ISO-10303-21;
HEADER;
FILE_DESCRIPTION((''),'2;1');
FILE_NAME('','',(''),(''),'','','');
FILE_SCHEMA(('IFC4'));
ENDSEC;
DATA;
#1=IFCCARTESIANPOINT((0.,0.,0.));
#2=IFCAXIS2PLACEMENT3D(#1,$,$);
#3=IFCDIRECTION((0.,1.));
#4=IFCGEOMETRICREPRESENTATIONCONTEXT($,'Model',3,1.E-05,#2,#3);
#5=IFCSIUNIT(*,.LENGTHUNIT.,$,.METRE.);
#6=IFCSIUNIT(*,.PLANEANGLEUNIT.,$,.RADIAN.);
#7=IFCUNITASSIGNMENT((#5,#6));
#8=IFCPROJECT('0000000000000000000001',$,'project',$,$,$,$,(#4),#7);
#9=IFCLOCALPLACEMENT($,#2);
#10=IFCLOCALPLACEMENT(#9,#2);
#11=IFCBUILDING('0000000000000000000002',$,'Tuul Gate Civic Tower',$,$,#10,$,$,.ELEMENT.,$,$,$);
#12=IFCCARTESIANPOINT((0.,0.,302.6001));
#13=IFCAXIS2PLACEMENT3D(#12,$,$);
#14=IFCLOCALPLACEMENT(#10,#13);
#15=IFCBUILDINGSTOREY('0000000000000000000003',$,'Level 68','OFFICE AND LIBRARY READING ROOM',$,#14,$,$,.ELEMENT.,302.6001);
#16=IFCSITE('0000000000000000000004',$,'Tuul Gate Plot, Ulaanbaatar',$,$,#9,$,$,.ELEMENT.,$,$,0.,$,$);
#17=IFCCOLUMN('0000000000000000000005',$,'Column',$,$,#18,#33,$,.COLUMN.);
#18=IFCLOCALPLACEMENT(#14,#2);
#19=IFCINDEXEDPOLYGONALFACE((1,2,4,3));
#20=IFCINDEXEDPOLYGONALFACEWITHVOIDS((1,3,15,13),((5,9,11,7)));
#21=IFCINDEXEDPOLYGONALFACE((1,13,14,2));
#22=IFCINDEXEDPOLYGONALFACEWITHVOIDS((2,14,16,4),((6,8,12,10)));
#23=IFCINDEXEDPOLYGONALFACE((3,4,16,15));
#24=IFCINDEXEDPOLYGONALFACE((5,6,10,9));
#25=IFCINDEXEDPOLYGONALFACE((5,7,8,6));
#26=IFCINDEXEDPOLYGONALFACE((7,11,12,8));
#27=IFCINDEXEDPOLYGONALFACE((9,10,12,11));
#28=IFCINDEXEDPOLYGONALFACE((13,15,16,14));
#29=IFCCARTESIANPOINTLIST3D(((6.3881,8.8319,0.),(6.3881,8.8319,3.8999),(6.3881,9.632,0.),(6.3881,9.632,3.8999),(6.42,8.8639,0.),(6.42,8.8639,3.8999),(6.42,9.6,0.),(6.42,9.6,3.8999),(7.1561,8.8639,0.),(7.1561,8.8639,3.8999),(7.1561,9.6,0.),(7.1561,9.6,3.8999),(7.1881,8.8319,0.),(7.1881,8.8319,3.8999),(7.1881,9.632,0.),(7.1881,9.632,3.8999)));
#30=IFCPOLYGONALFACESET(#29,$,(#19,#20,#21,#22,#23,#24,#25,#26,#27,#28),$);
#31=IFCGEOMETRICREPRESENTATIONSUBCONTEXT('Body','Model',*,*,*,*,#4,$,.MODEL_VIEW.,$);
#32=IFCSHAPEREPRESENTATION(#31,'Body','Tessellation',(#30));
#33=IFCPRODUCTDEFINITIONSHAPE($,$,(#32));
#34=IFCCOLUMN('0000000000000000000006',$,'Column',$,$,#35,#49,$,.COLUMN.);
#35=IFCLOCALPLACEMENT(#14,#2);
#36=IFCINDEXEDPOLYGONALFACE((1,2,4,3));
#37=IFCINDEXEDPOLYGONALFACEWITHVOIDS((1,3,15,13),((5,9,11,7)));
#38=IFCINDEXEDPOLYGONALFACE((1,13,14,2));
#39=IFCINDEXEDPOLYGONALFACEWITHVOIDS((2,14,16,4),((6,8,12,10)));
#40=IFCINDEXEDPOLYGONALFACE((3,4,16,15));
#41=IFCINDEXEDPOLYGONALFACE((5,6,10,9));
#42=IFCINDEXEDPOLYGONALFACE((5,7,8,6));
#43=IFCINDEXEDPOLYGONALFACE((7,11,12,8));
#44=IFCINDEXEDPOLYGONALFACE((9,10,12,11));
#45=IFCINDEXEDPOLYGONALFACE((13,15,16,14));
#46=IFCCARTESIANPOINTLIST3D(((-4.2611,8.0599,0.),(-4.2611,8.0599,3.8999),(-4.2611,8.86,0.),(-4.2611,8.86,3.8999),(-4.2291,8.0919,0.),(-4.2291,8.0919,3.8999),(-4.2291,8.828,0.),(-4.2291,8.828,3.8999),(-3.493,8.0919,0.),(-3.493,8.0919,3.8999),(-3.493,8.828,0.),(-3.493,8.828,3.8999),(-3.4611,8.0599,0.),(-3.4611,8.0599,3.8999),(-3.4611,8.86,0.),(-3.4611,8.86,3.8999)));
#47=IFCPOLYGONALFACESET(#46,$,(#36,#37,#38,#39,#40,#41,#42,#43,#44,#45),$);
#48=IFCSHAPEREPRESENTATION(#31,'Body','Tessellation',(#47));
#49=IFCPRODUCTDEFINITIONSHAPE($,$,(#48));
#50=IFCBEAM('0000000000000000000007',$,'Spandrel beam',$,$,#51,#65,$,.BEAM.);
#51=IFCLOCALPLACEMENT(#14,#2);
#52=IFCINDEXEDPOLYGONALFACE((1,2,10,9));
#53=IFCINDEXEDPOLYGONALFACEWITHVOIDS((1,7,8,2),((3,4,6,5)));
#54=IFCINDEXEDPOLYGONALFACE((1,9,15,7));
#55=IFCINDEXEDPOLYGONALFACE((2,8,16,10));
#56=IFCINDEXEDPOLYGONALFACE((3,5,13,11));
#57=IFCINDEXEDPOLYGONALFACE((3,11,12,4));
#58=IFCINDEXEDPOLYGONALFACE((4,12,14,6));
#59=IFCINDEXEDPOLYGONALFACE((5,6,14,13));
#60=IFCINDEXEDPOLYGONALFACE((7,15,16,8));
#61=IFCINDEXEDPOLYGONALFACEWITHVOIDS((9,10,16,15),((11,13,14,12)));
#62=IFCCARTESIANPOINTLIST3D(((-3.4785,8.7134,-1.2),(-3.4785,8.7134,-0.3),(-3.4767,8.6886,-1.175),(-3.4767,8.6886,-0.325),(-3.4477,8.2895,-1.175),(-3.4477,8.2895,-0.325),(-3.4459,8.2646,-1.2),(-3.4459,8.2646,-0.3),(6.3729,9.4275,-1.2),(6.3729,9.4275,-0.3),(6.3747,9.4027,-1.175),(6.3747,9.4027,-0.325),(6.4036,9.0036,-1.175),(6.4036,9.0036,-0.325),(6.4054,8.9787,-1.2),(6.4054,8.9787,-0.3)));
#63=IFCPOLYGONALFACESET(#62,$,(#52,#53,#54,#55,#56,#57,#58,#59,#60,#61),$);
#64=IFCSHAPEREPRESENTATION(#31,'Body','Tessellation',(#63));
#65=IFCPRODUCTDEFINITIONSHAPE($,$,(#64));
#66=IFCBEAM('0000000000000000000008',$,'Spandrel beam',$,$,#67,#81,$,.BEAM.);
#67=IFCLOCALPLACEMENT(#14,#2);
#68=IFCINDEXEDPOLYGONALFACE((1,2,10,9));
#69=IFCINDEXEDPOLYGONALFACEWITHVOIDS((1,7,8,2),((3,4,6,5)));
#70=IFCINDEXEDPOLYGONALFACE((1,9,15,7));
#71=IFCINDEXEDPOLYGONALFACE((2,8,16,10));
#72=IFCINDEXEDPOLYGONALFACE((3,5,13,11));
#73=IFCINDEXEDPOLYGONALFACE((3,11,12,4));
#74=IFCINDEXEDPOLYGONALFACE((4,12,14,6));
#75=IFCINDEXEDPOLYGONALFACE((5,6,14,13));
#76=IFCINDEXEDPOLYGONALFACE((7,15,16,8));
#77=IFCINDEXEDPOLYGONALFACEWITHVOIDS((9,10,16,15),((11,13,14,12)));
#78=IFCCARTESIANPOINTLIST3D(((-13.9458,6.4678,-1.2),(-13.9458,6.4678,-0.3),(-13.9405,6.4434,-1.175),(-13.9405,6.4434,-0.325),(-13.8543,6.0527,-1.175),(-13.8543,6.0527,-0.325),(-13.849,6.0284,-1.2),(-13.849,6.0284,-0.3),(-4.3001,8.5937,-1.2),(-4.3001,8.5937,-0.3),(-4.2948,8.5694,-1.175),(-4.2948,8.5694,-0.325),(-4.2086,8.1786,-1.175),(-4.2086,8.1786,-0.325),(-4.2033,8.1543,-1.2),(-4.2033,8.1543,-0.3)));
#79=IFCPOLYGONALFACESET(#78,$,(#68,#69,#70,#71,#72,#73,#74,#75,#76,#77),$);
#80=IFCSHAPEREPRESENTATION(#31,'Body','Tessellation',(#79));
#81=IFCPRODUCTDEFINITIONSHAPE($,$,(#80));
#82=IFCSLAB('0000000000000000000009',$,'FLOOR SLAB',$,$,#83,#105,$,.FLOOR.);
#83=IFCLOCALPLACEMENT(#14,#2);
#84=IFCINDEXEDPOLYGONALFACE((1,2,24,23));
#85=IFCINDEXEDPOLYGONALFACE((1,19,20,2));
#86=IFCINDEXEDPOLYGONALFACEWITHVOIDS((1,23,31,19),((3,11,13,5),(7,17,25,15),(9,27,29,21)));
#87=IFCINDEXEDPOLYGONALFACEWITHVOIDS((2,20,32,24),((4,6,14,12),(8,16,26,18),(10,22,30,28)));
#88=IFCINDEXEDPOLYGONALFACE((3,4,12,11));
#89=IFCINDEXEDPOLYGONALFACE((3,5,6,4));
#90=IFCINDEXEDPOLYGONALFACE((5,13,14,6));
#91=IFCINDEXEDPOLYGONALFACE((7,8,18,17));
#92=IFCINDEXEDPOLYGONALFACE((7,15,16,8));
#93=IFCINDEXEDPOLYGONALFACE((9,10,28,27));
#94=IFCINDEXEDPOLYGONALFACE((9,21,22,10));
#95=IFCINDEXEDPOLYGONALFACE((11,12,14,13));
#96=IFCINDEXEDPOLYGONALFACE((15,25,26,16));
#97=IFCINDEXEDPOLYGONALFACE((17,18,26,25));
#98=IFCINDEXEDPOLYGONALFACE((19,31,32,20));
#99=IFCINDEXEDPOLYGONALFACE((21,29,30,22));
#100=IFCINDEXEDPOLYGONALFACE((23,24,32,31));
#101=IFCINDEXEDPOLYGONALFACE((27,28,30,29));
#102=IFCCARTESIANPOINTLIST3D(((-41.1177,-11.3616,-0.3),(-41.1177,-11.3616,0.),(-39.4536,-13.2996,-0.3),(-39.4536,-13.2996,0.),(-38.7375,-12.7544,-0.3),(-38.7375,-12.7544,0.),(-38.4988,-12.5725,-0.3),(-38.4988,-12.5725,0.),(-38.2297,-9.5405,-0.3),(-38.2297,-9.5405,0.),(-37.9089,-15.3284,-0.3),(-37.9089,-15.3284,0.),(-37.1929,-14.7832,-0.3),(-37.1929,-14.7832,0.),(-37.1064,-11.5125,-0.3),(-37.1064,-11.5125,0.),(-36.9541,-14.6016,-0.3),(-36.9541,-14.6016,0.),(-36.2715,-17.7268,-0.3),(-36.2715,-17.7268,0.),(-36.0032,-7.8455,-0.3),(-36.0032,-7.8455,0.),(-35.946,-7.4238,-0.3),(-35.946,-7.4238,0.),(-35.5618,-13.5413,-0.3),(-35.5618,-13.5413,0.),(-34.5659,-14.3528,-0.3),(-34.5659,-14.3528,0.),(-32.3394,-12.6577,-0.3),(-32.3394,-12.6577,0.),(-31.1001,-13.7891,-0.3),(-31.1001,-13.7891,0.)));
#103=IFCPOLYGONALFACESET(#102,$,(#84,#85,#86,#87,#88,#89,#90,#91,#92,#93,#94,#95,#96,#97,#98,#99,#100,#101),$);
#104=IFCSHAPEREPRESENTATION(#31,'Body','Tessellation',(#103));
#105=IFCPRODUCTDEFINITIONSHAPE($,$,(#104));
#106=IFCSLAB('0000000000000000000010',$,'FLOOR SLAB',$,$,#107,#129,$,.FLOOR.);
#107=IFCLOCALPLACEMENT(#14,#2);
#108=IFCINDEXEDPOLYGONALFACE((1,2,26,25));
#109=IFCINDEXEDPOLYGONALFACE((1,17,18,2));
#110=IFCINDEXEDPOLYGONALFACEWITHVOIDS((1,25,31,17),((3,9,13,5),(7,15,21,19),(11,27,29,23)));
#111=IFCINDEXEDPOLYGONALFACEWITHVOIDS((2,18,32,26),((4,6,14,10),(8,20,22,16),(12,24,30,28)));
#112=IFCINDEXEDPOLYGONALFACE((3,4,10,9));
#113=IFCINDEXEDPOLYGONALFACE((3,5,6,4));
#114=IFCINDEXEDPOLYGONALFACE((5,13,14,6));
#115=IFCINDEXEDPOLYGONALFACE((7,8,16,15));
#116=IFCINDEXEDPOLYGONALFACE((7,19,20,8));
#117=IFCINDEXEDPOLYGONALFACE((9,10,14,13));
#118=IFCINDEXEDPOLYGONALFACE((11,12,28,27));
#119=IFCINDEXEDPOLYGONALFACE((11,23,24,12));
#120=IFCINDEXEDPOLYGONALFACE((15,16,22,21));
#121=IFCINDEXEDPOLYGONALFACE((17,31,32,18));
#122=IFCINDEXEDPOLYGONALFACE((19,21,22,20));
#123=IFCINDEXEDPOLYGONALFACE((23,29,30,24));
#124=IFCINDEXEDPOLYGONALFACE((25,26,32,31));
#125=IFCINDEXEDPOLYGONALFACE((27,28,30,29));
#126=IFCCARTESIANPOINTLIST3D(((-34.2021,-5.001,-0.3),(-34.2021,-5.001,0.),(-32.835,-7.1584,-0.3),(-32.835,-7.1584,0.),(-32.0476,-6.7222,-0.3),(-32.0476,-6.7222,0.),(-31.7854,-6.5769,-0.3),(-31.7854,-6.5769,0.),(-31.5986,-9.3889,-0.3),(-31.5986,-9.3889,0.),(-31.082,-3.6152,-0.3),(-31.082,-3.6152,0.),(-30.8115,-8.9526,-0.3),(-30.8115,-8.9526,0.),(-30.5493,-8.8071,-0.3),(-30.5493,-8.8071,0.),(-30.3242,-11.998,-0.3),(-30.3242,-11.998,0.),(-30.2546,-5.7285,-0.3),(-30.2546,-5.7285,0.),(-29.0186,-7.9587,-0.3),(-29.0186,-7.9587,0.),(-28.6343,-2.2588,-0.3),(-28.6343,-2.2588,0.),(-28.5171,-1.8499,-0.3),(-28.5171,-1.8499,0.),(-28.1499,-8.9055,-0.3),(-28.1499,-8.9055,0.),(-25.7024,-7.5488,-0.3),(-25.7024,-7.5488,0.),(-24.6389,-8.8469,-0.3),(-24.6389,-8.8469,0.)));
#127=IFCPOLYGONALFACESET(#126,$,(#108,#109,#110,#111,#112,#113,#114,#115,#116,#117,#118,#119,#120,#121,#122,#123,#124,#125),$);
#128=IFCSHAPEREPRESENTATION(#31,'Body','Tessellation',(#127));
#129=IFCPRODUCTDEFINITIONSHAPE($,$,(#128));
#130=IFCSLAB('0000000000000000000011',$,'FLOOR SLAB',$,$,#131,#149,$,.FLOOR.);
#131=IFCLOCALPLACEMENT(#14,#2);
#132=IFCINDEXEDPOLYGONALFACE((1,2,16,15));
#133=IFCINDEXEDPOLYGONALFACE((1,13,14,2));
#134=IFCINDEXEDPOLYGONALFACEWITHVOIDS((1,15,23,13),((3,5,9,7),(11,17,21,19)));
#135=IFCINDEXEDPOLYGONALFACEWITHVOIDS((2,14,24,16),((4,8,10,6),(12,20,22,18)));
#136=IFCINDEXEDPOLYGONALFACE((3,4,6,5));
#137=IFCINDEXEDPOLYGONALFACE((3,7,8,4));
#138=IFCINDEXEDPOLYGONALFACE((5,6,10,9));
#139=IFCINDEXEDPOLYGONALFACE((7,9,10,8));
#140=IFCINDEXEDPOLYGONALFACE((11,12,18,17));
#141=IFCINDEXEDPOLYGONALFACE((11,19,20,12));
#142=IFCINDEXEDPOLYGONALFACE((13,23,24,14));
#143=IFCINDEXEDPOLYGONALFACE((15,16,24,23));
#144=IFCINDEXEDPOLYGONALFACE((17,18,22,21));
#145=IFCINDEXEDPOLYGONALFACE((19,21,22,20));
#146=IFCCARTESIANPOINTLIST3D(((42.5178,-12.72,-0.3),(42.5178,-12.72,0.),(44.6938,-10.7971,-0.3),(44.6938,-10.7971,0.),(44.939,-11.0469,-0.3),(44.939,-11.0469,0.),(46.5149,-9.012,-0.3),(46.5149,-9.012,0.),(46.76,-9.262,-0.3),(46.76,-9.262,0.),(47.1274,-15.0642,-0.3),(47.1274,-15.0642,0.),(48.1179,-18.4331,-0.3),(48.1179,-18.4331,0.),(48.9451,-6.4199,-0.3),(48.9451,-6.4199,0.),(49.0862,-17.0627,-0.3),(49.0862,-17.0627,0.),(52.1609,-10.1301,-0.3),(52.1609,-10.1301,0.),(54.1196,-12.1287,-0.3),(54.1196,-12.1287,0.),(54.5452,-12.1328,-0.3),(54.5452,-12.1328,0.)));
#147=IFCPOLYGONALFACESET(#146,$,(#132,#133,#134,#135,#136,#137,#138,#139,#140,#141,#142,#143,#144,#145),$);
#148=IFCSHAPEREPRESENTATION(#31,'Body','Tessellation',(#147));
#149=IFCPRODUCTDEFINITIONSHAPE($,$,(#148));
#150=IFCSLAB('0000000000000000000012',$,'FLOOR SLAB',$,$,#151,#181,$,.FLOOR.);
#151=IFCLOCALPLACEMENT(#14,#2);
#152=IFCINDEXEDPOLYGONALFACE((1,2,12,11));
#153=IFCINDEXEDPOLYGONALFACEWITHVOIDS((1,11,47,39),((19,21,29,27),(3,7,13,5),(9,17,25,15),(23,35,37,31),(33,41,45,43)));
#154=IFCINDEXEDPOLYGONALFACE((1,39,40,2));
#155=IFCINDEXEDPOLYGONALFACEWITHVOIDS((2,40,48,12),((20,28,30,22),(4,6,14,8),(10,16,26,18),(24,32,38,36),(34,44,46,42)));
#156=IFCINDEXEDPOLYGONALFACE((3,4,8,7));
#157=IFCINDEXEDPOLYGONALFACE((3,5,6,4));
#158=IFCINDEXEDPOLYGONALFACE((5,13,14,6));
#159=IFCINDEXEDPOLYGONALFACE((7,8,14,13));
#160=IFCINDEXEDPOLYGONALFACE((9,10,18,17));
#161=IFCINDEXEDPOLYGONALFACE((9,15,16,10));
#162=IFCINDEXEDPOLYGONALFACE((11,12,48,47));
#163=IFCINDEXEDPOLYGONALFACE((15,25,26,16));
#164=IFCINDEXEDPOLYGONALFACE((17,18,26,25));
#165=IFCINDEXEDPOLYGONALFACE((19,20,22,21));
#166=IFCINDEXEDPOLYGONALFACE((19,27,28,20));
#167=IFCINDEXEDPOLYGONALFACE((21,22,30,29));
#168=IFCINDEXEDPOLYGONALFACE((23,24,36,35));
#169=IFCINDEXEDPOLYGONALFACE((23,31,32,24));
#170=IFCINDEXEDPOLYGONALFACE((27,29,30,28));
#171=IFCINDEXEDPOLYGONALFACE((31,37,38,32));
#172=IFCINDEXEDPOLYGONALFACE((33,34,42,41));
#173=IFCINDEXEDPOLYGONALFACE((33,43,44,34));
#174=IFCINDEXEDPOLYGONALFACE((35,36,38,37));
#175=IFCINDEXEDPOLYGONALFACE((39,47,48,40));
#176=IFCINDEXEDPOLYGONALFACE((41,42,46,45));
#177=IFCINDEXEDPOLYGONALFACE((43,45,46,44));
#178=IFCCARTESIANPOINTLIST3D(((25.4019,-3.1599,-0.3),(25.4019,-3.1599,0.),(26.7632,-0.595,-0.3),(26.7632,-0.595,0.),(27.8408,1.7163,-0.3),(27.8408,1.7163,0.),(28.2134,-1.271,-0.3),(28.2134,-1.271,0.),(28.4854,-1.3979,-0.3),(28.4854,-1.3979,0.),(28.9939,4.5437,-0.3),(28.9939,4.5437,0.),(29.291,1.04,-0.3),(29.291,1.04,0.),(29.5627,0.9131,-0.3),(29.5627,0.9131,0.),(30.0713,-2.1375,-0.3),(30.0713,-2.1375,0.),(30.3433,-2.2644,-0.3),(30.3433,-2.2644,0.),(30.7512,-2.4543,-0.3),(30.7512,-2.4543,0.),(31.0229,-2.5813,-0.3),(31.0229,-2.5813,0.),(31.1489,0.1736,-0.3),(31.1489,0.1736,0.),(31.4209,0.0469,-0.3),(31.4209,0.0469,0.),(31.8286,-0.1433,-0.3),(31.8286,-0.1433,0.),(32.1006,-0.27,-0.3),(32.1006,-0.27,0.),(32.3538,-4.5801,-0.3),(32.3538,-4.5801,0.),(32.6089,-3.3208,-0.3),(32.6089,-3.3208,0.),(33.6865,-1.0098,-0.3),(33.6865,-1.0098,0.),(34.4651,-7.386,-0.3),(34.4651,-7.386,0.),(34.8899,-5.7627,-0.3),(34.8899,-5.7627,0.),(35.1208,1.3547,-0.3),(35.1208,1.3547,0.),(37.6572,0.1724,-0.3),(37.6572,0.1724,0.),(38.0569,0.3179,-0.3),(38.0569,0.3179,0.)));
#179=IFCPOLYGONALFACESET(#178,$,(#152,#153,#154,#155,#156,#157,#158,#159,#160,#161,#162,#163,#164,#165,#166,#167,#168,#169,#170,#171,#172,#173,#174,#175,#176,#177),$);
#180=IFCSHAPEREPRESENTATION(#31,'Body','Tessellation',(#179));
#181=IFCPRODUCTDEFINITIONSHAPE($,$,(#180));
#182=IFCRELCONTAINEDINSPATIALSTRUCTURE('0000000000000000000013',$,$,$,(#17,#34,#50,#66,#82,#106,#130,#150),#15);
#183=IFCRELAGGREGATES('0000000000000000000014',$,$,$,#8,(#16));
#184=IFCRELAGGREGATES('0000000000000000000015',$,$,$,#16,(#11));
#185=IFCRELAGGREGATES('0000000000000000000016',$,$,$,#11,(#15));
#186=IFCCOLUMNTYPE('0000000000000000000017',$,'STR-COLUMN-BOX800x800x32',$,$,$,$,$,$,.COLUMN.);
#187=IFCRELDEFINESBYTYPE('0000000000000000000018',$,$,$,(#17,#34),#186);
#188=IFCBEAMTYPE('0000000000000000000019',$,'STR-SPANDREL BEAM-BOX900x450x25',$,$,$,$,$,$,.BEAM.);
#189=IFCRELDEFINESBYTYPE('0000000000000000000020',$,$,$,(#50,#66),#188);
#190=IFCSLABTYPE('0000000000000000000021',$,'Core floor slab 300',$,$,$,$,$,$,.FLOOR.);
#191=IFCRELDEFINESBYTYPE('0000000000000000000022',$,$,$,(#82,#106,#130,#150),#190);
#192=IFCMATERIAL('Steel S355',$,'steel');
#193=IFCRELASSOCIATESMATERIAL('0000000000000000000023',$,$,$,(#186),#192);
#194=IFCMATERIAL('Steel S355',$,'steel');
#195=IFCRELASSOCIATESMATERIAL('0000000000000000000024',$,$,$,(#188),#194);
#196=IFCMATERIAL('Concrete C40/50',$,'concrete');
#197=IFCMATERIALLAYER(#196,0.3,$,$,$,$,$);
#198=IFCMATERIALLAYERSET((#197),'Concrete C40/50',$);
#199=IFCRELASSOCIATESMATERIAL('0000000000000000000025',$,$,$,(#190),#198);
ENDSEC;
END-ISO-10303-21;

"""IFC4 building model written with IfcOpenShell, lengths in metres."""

from ifc_helpers import new_model, si_unit, direction, frame, origin, origin_2d, place, context, subcontext, project, spatial, polyline, hollow_rectangle, outline, extrude, material, layer, layer_set, material_profile, profile_set, type_object, element, save


model = new_model("IFC4")

# Units and contexts
model_context = context("Model", 3, precision=1e-05, world=origin(), true_north=direction((0.0, 1.0)))
body_context = subcontext(model_context, "Body", "Model", "MODEL_VIEW")
ifc_project = project(units=[si_unit("LENGTHUNIT", "METRE"), si_unit("PLANEANGLEUNIT", "RADIAN")], contexts=[model_context])

# Site, building, storey
site_placement = place(None, origin())
site = spatial("IfcSite", under=ifc_project, at=site_placement, Name="Tuul Gate Plot, Ulaanbaatar", CompositionType="ELEMENT", RefElevation=0.0)
building_placement = place(site_placement, origin())
building = spatial("IfcBuilding", under=site, at=building_placement, Name="Tuul Gate Civic Tower", CompositionType="ELEMENT")
storey_placement = place(building_placement, frame((0.0, 0.0, 302.6001)))
storey = spatial("IfcBuildingStorey", under=building, at=storey_placement, Name="Level 68", Description="OFFICE AND LIBRARY READING ROOM", CompositionType="ELEMENT", Elevation=302.6001)

# Columns
ifc_material_1 = material(Name="Steel S355", Category="steel")
ifc_material_profile_1 = material_profile(ifc_material_1, hollow_rectangle(XDim=0.8, YDim=0.8, WallThickness=0.032, at=origin_2d()), Name="BOX800x800x32")
ifc_profile_set_1 = profile_set([ifc_material_profile_1], Name="Steel S355")
column_type = type_object("IfcColumnType", Name="STR-COLUMN-BOX800x800x32", PredefinedType="COLUMN", material=ifc_profile_set_1)
for number, where, z_axis, x_axis, name in (
    (1, (6.7881, 9.2319, 0.0), (0.0, 0.0, 1.0), (1.0, 0.0, 0.0), "Column"),
    (2, (-3.8611, 8.46, 0.0), (0.0, 0.0, 1.0), (1.0, 0.0, 0.0), "Column"),
):
    element("IfcColumn", number, at=place(storey_placement, frame(where, z_axis=z_axis, x_axis=x_axis)), inside=storey, type_object=column_type, Name=name, PredefinedType="COLUMN", context=body_context, shape_type="SweptSolid", body=[
        extrude(hollow_rectangle(XDim=0.8, YDim=0.8, WallThickness=0.032, at=origin_2d()), origin(), (0.0, 0.0, 1.0), 3.8999),
    ])

# Beams
ifc_material_2 = material(Name="Steel S355", Category="steel")
ifc_material_profile_2 = material_profile(ifc_material_2, hollow_rectangle(XDim=0.45, YDim=0.8999, WallThickness=0.0249, at=origin_2d()), Name="BOX900x450x25")
ifc_profile_set_2 = profile_set([ifc_material_profile_2], Name="Steel S355")
beam_type = type_object("IfcBeamType", Name="STR-SPANDREL BEAM-BOX900x450x25", PredefinedType="BEAM", material=ifc_profile_set_2)
for number, where, z_axis, x_axis, name in (
    (3, (6.3892, 9.2031, -0.75), (-0.997383, -0.072299, 0.0), (0.072299, -0.997383, 0.0), "Spandrel beam"),
    (4, (-4.2517, 8.374, -0.75), (-0.976561, -0.215239, 0.0), (0.215239, -0.976561, 0.0), "Spandrel beam"),
):
    element("IfcBeam", number, at=place(storey_placement, frame(where, z_axis=z_axis, x_axis=x_axis)), inside=storey, type_object=beam_type, Name=name, PredefinedType="BEAM", context=body_context, shape_type="SweptSolid", body=[
        extrude(hollow_rectangle(XDim=0.45, YDim=0.8999, WallThickness=0.0249, at=origin_2d()), origin(), (0.0, 0.0, 1.0), 9.8772),
    ])

# Slabs
ifc_material_3 = material(Name="Concrete C40/50", Category="concrete")
ifc_layer_1 = layer(ifc_material_3, 0.3)
ifc_layer_set_1 = layer_set([ifc_layer_1], Name="Concrete C40/50")
slab_type_1 = type_object("IfcSlabType", Name="Core floor slab 300", PredefinedType="FLOOR", material=ifc_layer_set_1)
slab_1_placement = place(storey_placement, frame((0.0, 0.0, -0.3)))
element("IfcSlab", 5, at=slab_1_placement, inside=storey, type_object=slab_type_1, Name="FLOOR SLAB", PredefinedType="FLOOR", context=body_context, shape_type="SweptSolid", body=[
    extrude(outline(polyline([(-31.1001, -13.7891), (-35.946, -7.4238), (-41.1177, -11.3616), (-36.2715, -17.7268), (-31.1001, -13.7891)]), holes=[polyline([(-35.5618, -13.5413), (-37.1064, -11.5125), (-38.4988, -12.5725), (-36.9541, -14.6016), (-35.5618, -13.5413)]), polyline([(-37.1929, -14.7832), (-38.7375, -12.7544), (-39.4536, -13.2996), (-37.9089, -15.3284), (-37.1929, -14.7832)]), polyline([(-32.3394, -12.6577), (-34.5659, -14.3528), (-38.2297, -9.5405), (-36.0032, -7.8455), (-32.3394, -12.6577)])]), origin(), (0.0, 0.0, 1.0), 0.3),
])
slab_2_placement = place(storey_placement, frame((0.0, 0.0, -0.3)))
element("IfcSlab", 6, at=slab_2_placement, inside=storey, type_object=slab_type_1, Name="FLOOR SLAB", PredefinedType="FLOOR", context=body_context, shape_type="SweptSolid", body=[
    extrude(outline(polyline([(-24.6389, -8.8469), (-28.5171, -1.8499), (-34.2021, -5.001), (-30.3242, -11.998), (-24.6389, -8.8469)]), holes=[polyline([(-29.0186, -7.9587), (-30.2546, -5.7285), (-31.7854, -6.5769), (-30.5493, -8.8071), (-29.0186, -7.9587)]), polyline([(-30.8115, -8.9526), (-32.0476, -6.7222), (-32.835, -7.1584), (-31.5986, -9.3889), (-30.8115, -8.9526)]), polyline([(-25.7024, -7.5488), (-28.1499, -8.9055), (-31.082, -3.6152), (-28.6343, -2.2588), (-25.7024, -7.5488)])]), origin(), (0.0, 0.0, 1.0), 0.3),
])
slab_3_placement = place(storey_placement, frame((0.0, 0.0, -0.3)))
element("IfcSlab", 7, at=slab_3_placement, inside=storey, type_object=slab_type_1, Name="FLOOR SLAB", PredefinedType="FLOOR", context=body_context, shape_type="SweptSolid", body=[
    extrude(outline(polyline([(48.1179, -18.4331), (54.5452, -12.1328), (48.9451, -6.4199), (42.5178, -12.72), (48.1179, -18.4331)]), holes=[polyline([(44.939, -11.0469), (46.76, -9.262), (46.5149, -9.012), (44.6938, -10.7971), (44.939, -11.0469)]), polyline([(49.0862, -17.0627), (47.1274, -15.0642), (52.1609, -10.1301), (54.1196, -12.1287), (49.0862, -17.0627)])]), origin(), (0.0, 0.0, 1.0), 0.3),
])
slab_4_placement = place(storey_placement, frame((0.0, 0.0, -0.3)))
element("IfcSlab", 8, at=slab_4_placement, inside=storey, type_object=slab_type_1, Name="FLOOR SLAB", PredefinedType="FLOOR", context=body_context, shape_type="SweptSolid", body=[
    extrude(outline(polyline([(34.4651, -7.386), (38.0569, 0.3179), (28.9939, 4.5437), (25.4019, -3.1599), (34.4651, -7.386)]), holes=[polyline([(32.6089, -3.3208), (33.6865, -1.0098), (32.1006, -0.27), (31.0229, -2.5813), (32.6089, -3.3208)]), polyline([(30.0713, -2.1375), (31.1489, 0.1736), (29.5627, 0.9131), (28.4854, -1.3979), (30.0713, -2.1375)]), polyline([(30.7512, -2.4543), (31.8286, -0.1433), (31.4209, 0.0469), (30.3433, -2.2644), (30.7512, -2.4543)]), polyline([(28.2134, -1.271), (29.291, 1.04), (27.8408, 1.7163), (26.7632, -0.595), (28.2134, -1.271)]), polyline([(34.8899, -5.7627), (32.3538, -4.5801), (35.1208, 1.3547), (37.6572, 0.1724), (34.8899, -5.7627)])]), origin(), (0.0, 0.0, 1.0), 0.3),
])

save(model, "model.ifc")
